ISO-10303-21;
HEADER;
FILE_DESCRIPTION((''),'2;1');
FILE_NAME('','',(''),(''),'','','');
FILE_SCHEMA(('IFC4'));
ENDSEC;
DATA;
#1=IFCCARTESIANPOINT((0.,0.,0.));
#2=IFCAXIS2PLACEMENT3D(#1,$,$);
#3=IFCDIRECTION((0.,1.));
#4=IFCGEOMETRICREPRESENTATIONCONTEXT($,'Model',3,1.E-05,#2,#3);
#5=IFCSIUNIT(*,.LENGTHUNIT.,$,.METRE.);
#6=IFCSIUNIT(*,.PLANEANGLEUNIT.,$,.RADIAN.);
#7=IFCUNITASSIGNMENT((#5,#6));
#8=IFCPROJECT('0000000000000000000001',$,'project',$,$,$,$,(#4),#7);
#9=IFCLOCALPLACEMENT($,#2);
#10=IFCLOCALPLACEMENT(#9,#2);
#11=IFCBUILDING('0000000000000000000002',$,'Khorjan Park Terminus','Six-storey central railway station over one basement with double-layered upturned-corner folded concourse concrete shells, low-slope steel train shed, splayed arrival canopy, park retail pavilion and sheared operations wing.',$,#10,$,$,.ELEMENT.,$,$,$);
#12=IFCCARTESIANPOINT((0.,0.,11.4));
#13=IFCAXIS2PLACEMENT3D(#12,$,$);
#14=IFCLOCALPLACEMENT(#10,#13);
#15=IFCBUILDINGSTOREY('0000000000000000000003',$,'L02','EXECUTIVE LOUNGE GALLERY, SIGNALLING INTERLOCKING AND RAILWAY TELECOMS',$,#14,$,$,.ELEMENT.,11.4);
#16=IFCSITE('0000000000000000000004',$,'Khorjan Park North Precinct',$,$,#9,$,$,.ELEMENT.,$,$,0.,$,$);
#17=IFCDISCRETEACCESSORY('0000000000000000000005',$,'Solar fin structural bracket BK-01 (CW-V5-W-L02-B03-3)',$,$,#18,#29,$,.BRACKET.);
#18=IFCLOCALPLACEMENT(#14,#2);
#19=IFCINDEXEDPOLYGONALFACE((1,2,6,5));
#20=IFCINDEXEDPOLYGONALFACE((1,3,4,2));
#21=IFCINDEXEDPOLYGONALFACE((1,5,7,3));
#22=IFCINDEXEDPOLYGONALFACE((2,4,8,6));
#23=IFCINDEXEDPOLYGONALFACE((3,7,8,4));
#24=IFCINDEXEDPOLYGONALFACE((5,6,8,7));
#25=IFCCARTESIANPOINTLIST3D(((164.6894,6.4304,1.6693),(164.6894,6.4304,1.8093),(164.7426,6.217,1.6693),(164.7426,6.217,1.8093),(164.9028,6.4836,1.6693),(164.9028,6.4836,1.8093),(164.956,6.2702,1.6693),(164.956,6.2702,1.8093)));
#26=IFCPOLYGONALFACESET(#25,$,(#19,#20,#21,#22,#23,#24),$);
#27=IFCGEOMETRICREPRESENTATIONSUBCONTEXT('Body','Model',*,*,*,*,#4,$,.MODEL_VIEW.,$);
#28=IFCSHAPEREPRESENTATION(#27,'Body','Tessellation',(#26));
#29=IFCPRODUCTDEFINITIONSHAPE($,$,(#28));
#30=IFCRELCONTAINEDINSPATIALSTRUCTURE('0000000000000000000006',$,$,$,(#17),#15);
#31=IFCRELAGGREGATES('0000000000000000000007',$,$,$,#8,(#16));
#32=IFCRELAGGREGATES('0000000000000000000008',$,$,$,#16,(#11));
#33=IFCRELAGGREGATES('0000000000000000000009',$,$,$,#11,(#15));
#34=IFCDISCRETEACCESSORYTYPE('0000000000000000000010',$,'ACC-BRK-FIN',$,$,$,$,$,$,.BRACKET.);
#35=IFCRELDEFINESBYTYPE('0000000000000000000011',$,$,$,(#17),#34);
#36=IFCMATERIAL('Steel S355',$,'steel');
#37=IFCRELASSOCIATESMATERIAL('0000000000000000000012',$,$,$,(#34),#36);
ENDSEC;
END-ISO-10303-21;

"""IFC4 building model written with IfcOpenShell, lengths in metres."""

from ifc_helpers import new_model, si_unit, direction, frame, origin, origin_2d, place, context, subcontext, project, spatial, rectangle, extrude, material, type_object, element, save


model = new_model("IFC4")

# Units and contexts
model_context = context("Model", 3, precision=1e-05, world=origin(), true_north=direction((0.0, 1.0)))
body_context = subcontext(model_context, "Body", "Model", "MODEL_VIEW")
ifc_project = project(units=[si_unit("LENGTHUNIT", "METRE"), si_unit("PLANEANGLEUNIT", "RADIAN")], contexts=[model_context])

# Site, building, storey
site_placement = place(None, origin())
site = spatial("IfcSite", under=ifc_project, at=site_placement, Name="Khorjan Park North Precinct", CompositionType="ELEMENT", RefElevation=0.0)
building_placement = place(site_placement, origin())
building = spatial("IfcBuilding", under=site, at=building_placement, Name="Khorjan Park Terminus", Description="Six-storey central railway station over one basement with double-layered upturned-corner folded concourse concrete shells, low-slope steel train shed, splayed arrival canopy, park retail pavilion and sheared operations wing.", CompositionType="ELEMENT")
storey_placement = place(building_placement, frame((0.0, 0.0, 11.4)))
storey = spatial("IfcBuildingStorey", under=building, at=storey_placement, Name="L02", Description="EXECUTIVE LOUNGE GALLERY, SIGNALLING INTERLOCKING AND RAILWAY TELECOMS", CompositionType="ELEMENT", Elevation=11.4)

# Shared definitions
ifc_material_1 = material(Name="Steel S355", Category="steel")

# Discrete accessory
discrete_accessory_type = type_object("IfcDiscreteAccessoryType", Name="ACC-BRK-FIN", PredefinedType="BRACKET", material=ifc_material_1)
discrete_accessory_placement = place(storey_placement, frame((164.8227, 6.3503, 1.6693), z_axis=(0.0, 0.0, 1.0), x_axis=(0.24192, -0.970296, 0.0)))
element("IfcDiscreteAccessory", 1, at=discrete_accessory_placement, inside=storey, type_object=discrete_accessory_type, Name="Solar fin structural bracket BK-01 (CW-V5-W-L02-B03-3)", PredefinedType="BRACKET", context=body_context, shape_type="SweptSolid", body=[
    extrude(rectangle(XDim=0.22, YDim=0.22, at=origin_2d()), origin(), (0.0, 0.0, 1.0), 0.14),
])

save(model, "model.ifc")
